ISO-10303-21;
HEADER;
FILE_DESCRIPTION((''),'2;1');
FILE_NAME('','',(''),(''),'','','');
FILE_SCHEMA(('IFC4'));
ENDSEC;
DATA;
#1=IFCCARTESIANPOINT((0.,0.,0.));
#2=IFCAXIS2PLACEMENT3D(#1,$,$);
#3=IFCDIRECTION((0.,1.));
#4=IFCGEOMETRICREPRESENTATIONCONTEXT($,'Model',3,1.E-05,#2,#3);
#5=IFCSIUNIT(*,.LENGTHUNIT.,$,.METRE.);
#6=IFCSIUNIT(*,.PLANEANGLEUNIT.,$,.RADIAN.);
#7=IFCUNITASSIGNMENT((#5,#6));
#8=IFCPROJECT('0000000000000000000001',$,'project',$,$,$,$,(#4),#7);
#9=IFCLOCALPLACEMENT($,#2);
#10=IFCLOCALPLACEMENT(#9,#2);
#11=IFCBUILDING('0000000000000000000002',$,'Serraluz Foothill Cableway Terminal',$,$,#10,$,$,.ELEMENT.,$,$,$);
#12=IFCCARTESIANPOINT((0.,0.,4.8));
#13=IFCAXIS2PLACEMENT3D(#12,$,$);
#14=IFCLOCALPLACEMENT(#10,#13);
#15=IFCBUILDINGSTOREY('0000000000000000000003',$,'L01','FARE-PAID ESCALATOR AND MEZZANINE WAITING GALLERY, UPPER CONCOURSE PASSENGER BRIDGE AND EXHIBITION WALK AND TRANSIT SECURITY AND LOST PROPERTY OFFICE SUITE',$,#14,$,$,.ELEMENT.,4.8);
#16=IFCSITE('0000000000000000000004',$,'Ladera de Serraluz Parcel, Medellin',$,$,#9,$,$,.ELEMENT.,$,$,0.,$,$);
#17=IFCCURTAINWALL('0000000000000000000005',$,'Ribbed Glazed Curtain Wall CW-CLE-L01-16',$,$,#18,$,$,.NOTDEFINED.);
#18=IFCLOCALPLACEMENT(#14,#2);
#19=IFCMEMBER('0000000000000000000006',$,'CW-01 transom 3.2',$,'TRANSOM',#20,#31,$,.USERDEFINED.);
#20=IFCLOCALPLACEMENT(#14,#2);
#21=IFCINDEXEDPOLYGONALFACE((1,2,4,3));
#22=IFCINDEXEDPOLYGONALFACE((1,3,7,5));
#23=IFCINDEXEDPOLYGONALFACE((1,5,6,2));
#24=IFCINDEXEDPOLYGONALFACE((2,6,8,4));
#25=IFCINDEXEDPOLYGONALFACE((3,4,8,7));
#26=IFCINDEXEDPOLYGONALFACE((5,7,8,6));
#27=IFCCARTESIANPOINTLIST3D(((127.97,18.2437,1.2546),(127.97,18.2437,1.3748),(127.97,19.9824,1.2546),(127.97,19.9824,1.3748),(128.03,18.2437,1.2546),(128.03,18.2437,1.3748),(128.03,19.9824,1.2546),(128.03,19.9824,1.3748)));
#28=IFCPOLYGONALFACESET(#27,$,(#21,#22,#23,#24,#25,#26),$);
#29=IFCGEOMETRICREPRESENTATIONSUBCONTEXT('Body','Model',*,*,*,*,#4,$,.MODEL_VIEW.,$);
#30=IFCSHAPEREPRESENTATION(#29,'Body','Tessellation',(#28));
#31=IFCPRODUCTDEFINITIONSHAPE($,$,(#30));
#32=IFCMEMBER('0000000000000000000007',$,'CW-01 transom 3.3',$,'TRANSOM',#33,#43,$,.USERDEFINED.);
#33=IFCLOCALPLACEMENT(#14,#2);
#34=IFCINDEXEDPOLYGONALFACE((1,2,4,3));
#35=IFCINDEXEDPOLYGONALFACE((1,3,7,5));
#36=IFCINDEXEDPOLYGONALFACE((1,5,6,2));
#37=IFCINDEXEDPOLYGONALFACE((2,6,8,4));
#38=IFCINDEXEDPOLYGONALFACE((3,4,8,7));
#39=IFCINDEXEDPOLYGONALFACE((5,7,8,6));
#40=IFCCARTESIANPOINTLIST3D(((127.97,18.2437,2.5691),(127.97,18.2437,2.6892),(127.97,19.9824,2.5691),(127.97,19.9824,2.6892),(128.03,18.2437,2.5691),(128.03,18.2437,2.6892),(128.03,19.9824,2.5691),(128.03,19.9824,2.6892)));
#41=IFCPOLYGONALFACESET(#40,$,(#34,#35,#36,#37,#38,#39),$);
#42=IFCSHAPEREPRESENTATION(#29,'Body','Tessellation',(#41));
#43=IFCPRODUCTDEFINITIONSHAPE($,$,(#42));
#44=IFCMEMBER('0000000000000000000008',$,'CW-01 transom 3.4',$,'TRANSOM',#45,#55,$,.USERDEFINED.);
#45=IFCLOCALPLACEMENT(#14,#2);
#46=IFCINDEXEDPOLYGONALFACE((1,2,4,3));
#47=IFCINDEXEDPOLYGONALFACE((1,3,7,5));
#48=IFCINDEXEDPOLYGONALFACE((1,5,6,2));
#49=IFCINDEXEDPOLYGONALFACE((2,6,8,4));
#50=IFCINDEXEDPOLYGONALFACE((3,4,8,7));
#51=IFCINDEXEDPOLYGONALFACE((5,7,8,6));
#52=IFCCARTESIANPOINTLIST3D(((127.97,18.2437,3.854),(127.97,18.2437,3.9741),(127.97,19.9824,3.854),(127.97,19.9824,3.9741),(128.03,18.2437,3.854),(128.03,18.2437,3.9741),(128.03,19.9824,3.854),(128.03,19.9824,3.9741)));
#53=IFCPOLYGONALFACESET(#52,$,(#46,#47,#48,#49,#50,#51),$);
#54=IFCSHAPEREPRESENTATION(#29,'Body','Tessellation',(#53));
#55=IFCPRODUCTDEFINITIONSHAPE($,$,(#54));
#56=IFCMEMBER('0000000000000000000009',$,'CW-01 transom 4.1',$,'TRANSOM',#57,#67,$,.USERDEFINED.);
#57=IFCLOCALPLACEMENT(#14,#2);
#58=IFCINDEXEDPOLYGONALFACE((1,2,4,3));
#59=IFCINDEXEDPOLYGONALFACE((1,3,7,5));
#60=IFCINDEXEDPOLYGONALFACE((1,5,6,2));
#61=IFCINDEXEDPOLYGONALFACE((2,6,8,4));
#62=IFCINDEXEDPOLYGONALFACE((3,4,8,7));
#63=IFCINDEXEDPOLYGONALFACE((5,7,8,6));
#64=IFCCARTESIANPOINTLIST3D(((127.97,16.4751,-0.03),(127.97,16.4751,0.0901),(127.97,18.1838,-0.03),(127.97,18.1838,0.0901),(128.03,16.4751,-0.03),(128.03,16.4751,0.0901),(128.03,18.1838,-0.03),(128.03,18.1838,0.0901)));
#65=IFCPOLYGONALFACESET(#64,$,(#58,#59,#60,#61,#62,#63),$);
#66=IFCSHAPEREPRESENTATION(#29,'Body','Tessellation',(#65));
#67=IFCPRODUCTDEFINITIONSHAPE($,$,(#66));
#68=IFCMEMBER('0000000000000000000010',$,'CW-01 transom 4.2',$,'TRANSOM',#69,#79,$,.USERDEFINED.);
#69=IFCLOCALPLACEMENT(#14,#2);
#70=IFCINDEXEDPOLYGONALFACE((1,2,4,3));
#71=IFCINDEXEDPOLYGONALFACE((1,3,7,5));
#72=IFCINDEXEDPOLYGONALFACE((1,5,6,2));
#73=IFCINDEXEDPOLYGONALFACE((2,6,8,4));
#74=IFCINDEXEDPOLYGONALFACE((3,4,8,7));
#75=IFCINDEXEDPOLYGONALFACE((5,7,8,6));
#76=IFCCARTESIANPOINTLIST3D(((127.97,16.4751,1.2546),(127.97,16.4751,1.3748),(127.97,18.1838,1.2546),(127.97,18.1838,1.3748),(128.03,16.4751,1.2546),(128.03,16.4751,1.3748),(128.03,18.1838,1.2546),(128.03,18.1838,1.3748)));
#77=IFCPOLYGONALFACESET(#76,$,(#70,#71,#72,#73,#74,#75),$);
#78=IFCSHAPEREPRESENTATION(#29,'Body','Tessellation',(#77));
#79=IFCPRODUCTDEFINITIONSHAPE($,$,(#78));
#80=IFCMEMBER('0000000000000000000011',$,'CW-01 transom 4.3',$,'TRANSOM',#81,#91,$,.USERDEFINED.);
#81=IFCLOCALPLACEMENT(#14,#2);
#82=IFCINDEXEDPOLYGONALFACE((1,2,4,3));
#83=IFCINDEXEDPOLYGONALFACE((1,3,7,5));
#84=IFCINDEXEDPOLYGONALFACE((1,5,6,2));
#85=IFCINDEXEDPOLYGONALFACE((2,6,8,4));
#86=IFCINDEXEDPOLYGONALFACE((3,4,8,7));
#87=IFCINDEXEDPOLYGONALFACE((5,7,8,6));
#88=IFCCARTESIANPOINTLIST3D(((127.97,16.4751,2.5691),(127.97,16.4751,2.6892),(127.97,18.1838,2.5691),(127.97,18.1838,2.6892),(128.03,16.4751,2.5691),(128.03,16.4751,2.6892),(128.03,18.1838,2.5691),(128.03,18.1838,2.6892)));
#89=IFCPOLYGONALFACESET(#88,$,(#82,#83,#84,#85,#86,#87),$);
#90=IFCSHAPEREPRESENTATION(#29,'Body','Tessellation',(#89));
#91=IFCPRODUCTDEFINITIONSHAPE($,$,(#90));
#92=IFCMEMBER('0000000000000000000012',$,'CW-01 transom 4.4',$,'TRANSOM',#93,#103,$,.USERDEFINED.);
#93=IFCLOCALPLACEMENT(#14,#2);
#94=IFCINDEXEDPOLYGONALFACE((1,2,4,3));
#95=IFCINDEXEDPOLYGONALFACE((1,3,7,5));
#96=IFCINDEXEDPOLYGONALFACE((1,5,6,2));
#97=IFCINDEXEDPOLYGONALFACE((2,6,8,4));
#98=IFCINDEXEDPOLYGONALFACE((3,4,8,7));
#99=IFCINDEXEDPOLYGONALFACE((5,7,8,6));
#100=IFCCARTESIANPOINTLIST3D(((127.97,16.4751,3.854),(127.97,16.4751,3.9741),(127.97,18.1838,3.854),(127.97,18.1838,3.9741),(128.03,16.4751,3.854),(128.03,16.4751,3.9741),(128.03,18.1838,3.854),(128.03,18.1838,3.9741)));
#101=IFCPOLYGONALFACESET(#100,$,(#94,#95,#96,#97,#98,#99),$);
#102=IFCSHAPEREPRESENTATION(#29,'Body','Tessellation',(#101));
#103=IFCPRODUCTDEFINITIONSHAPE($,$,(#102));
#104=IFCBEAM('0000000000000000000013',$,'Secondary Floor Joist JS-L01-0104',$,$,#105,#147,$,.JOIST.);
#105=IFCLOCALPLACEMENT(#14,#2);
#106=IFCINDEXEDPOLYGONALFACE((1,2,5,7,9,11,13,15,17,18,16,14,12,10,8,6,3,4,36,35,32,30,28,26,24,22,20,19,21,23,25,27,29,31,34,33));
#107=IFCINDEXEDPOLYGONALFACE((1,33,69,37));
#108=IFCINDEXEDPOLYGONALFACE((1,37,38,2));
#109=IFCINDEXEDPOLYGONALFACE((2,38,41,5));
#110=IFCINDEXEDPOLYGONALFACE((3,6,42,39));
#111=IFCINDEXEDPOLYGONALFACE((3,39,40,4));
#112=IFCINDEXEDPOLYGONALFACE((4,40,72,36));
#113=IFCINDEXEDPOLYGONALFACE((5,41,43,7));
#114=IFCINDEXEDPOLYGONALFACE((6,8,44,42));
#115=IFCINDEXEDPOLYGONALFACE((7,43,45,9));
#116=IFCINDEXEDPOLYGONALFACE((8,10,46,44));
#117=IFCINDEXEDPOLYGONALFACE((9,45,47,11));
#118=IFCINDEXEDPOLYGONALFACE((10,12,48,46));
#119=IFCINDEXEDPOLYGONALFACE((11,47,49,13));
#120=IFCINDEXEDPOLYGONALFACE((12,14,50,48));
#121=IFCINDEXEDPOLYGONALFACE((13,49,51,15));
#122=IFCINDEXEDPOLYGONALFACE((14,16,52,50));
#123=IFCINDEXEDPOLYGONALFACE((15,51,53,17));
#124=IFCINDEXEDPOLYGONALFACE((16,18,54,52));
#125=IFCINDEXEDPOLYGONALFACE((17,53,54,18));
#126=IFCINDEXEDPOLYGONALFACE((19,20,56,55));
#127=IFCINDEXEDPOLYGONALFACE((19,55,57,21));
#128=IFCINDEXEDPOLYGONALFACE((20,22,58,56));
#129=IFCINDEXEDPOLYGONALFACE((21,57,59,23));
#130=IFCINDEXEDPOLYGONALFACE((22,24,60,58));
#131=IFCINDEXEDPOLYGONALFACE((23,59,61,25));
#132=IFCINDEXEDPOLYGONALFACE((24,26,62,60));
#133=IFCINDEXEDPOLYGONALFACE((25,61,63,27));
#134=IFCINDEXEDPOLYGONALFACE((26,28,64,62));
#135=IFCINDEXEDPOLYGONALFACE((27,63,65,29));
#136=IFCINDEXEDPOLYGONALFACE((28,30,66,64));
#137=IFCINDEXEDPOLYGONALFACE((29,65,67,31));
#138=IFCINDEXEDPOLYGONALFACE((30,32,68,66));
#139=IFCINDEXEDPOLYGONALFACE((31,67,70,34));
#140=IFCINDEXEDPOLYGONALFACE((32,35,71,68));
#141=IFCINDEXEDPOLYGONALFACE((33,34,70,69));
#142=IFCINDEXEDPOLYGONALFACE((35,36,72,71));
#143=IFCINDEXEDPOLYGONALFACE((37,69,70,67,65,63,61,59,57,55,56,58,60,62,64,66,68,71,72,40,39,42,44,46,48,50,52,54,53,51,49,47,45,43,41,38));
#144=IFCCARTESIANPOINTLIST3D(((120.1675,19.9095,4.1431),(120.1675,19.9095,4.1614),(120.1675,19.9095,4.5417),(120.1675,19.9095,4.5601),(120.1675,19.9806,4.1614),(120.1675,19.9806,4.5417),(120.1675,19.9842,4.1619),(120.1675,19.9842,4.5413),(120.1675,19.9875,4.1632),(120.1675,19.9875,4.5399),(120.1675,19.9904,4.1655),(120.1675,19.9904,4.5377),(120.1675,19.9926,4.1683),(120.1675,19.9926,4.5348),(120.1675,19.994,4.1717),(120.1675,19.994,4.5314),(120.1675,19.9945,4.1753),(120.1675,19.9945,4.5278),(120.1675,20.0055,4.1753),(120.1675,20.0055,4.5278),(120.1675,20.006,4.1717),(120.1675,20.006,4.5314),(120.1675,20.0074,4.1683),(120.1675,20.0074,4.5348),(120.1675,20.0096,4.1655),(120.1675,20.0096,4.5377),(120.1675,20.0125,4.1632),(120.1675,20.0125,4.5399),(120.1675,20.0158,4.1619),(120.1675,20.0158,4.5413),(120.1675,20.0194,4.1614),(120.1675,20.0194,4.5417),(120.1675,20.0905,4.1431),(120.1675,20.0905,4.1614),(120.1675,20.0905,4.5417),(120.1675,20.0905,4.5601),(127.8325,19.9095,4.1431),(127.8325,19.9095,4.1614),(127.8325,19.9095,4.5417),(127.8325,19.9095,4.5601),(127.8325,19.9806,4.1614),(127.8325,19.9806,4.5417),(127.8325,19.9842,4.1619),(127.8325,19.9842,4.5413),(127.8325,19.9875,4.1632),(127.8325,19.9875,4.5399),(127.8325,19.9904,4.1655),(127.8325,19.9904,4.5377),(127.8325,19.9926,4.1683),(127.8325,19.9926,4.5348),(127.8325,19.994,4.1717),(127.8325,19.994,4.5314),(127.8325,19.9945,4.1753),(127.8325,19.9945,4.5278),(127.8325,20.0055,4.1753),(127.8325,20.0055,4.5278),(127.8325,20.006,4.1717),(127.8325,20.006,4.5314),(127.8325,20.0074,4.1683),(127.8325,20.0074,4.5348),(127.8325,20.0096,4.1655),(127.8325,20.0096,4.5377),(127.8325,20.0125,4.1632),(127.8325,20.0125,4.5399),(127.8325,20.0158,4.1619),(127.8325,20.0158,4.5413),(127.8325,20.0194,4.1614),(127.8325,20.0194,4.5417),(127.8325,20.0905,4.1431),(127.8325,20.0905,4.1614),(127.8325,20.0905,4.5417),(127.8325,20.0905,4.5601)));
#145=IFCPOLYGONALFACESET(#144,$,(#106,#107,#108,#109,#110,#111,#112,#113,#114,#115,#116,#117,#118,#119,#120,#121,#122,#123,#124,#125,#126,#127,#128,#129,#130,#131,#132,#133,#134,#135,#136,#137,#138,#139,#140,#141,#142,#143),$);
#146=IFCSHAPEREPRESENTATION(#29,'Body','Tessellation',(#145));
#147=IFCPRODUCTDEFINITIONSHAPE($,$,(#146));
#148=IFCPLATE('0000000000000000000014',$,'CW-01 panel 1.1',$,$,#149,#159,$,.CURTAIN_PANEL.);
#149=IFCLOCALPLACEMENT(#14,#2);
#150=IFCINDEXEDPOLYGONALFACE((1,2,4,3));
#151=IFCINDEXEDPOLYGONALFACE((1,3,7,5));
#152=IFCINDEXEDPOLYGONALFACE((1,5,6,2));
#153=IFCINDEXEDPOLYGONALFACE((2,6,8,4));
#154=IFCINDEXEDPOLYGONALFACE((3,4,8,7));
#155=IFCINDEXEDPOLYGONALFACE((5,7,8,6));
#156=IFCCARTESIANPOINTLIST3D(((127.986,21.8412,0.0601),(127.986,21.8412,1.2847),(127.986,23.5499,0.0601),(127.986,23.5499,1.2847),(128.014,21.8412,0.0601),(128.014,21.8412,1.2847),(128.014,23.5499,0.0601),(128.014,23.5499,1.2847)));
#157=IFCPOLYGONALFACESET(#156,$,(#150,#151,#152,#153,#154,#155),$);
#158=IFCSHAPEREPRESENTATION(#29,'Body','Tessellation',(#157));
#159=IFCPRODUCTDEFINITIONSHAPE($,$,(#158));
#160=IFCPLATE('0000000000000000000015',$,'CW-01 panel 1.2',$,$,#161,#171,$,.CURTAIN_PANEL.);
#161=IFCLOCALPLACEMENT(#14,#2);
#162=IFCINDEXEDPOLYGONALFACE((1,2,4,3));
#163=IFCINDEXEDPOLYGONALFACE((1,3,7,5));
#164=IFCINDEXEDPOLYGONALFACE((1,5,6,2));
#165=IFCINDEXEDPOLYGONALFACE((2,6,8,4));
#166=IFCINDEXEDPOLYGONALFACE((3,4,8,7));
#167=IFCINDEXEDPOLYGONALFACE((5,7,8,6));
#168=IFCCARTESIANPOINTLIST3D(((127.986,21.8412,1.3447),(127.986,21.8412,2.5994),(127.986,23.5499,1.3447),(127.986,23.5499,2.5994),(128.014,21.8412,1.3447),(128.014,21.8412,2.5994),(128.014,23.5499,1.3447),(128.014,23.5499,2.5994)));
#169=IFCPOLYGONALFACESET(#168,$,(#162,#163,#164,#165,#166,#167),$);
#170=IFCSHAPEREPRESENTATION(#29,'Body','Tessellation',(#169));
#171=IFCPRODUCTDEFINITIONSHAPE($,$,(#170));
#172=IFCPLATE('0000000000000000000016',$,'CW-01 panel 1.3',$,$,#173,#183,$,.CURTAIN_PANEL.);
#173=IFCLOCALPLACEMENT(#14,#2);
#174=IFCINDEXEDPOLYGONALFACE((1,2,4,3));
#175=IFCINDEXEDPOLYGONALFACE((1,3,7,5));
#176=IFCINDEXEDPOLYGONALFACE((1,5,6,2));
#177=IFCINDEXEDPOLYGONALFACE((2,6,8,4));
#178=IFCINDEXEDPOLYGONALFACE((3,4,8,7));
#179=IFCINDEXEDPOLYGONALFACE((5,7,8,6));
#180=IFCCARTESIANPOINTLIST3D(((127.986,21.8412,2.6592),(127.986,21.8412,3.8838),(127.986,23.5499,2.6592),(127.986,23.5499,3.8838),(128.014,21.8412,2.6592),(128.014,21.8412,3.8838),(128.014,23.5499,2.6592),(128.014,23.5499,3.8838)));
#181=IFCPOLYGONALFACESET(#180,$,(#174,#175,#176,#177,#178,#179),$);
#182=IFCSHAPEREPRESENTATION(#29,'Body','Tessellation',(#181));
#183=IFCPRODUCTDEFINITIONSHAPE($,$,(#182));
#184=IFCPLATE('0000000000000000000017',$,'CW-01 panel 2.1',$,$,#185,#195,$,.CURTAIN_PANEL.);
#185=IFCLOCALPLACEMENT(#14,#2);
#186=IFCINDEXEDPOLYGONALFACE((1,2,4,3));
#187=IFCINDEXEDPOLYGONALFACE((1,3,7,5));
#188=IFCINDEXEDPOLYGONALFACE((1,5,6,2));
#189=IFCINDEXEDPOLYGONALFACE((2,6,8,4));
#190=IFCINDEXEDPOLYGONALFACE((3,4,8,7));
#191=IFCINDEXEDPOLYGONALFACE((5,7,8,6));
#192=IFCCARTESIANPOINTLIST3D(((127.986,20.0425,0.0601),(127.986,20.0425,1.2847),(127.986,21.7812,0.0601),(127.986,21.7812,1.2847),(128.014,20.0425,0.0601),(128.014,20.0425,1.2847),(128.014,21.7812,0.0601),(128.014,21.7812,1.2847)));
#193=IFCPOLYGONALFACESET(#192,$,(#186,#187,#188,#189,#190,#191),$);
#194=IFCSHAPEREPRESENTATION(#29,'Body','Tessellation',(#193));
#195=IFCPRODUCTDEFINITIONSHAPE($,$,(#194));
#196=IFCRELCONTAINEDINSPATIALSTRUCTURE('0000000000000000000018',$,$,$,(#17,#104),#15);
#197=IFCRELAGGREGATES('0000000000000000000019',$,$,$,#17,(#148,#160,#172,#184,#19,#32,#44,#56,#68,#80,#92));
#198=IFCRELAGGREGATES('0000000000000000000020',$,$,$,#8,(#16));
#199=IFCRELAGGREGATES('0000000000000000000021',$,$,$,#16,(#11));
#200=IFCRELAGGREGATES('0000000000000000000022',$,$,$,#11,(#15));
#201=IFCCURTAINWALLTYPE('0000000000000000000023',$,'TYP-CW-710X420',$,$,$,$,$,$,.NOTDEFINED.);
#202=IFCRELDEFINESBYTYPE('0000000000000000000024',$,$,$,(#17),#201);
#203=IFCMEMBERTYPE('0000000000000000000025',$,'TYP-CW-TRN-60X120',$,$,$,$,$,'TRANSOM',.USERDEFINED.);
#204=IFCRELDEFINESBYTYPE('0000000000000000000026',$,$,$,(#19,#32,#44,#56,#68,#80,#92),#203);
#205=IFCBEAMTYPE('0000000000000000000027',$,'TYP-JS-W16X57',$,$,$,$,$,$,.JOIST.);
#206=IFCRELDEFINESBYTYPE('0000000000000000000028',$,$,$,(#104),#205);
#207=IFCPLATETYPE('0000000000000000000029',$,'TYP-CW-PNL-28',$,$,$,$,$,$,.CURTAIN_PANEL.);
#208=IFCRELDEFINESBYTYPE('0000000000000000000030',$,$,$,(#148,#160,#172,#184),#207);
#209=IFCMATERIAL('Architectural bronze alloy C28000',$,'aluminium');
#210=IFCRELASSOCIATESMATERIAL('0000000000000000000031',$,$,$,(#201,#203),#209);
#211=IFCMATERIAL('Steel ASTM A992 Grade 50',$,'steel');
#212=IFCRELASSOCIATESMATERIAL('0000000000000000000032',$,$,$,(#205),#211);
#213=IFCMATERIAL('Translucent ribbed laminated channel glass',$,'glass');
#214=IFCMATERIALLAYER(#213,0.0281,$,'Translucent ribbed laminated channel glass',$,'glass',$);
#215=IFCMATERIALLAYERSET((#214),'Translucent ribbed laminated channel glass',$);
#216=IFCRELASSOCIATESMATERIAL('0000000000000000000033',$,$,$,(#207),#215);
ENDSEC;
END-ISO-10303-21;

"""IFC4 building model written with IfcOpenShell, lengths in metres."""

from ifc_helpers import new_model, si_unit, direction, frame, origin, origin_2d, place, context, subcontext, project, spatial, rectangle, i_section, extrude, material, layer, layer_set, material_profile, profile_set, type_object, element, aggregate, save


model = new_model("IFC4")

# Units and contexts
model_context = context("Model", 3, precision=1e-05, world=origin(), true_north=direction((0.0, 1.0)))
body_context = subcontext(model_context, "Body", "Model", "MODEL_VIEW")
ifc_project = project(units=[si_unit("LENGTHUNIT", "METRE"), si_unit("PLANEANGLEUNIT", "RADIAN")], contexts=[model_context])

# Site, building, storey
site_placement = place(None, origin())
site = spatial("IfcSite", under=ifc_project, at=site_placement, Name="Ladera de Serraluz Parcel, Medellin", CompositionType="ELEMENT", RefElevation=0.0)
building_placement = place(site_placement, origin())
building = spatial("IfcBuilding", under=site, at=building_placement, Name="Serraluz Foothill Cableway Terminal", CompositionType="ELEMENT")
storey_placement = place(building_placement, frame((0.0, 0.0, 4.8)))
storey = spatial("IfcBuildingStorey", under=building, at=storey_placement, Name="L01", Description="FARE-PAID ESCALATOR AND MEZZANINE WAITING GALLERY, UPPER CONCOURSE PASSENGER BRIDGE AND EXHIBITION WALK AND TRANSIT SECURITY AND LOST PROPERTY OFFICE SUITE", CompositionType="ELEMENT", Elevation=4.8)

# Shared definitions
ifc_material_1 = material(Name="Steel ASTM A992 Grade 50", Category="steel")

# Curtain wall, members
ifc_material_2 = material(Name="Architectural bronze alloy C28000", Category="aluminium")
curtain_wall_type = type_object("IfcCurtainWallType", Name="TYP-CW-710X420", PredefinedType="NOTDEFINED", material=ifc_material_2)
curtain_wall_placement = place(storey_placement, origin())
curtain_wall = element("IfcCurtainWall", 1, at=curtain_wall_placement, inside=storey, type_object=curtain_wall_type, Name="Ribbed Glazed Curtain Wall CW-CLE-L01-16", PredefinedType="NOTDEFINED")
ifc_material_profile_1 = material_profile(ifc_material_2, rectangle(XDim=0.0601, YDim=0.1201, at=origin_2d()), Name="ALU TRANSOM 60x120")
ifc_profile_set_1 = profile_set([ifc_material_profile_1], Name="Architectural bronze alloy C28000")
member_type_1 = type_object("IfcMemberType", Name="TYP-CW-TRN-60X120", ElementType="TRANSOM", PredefinedType="USERDEFINED", material=ifc_profile_set_1)
member_1_placement = place(storey_placement, frame((128.0, 19.9824, 1.3147), z_axis=(0.0, -1.0, 0.0), x_axis=(1.0, 0.0, 0.0)))
member_1 = element("IfcMember", 2, at=member_1_placement, type_object=member_type_1, Name="CW-01 transom 3.2", ObjectType="TRANSOM", PredefinedType="USERDEFINED", context=body_context, shape_type="SweptSolid", body=[
    extrude(rectangle(XDim=0.0601, YDim=0.1201, at=origin_2d()), origin(), (0.0, 0.0, 1.0), 1.7388),
])
member_2_placement = place(storey_placement, frame((128.0, 19.9824, 2.6292), z_axis=(0.0, -1.0, 0.0), x_axis=(1.0, 0.0, 0.0)))
member_2 = element("IfcMember", 3, at=member_2_placement, type_object=member_type_1, Name="CW-01 transom 3.3", ObjectType="TRANSOM", PredefinedType="USERDEFINED", context=body_context, shape_type="SweptSolid", body=[
    extrude(rectangle(XDim=0.0601, YDim=0.1201, at=origin_2d()), origin(), (0.0, 0.0, 1.0), 1.7388),
])
member_3_placement = place(storey_placement, frame((128.0, 19.9824, 3.9141), z_axis=(0.0, -1.0, 0.0), x_axis=(1.0, 0.0, 0.0)))
member_3 = element("IfcMember", 4, at=member_3_placement, type_object=member_type_1, Name="CW-01 transom 3.4", ObjectType="TRANSOM", PredefinedType="USERDEFINED", context=body_context, shape_type="SweptSolid", body=[
    extrude(rectangle(XDim=0.0601, YDim=0.1201, at=origin_2d()), origin(), (0.0, 0.0, 1.0), 1.7388),
])
member_4_placement = place(storey_placement, frame((128.0, 18.1838, 0.03), z_axis=(0.0, -1.0, 0.0), x_axis=(1.0, 0.0, 0.0)))
member_4 = element("IfcMember", 5, at=member_4_placement, type_object=member_type_1, Name="CW-01 transom 4.1", ObjectType="TRANSOM", PredefinedType="USERDEFINED", context=body_context, shape_type="SweptSolid", body=[
    extrude(rectangle(XDim=0.0601, YDim=0.1201, at=origin_2d()), origin(), (0.0, 0.0, 1.0), 1.7087),
])
member_5_placement = place(storey_placement, frame((128.0, 18.1838, 1.3147), z_axis=(0.0, -1.0, 0.0), x_axis=(1.0, 0.0, 0.0)))
member_5 = element("IfcMember", 6, at=member_5_placement, type_object=member_type_1, Name="CW-01 transom 4.2", ObjectType="TRANSOM", PredefinedType="USERDEFINED", context=body_context, shape_type="SweptSolid", body=[
    extrude(rectangle(XDim=0.0601, YDim=0.1201, at=origin_2d()), origin(), (0.0, 0.0, 1.0), 1.7087),
])
member_6_placement = place(storey_placement, frame((128.0, 18.1838, 2.6292), z_axis=(0.0, -1.0, 0.0), x_axis=(1.0, 0.0, 0.0)))
member_6 = element("IfcMember", 7, at=member_6_placement, type_object=member_type_1, Name="CW-01 transom 4.3", ObjectType="TRANSOM", PredefinedType="USERDEFINED", context=body_context, shape_type="SweptSolid", body=[
    extrude(rectangle(XDim=0.0601, YDim=0.1201, at=origin_2d()), origin(), (0.0, 0.0, 1.0), 1.7087),
])
member_7_placement = place(storey_placement, frame((128.0, 18.1838, 3.9141), z_axis=(0.0, -1.0, 0.0), x_axis=(1.0, 0.0, 0.0)))
member_7 = element("IfcMember", 8, at=member_7_placement, type_object=member_type_1, Name="CW-01 transom 4.4", ObjectType="TRANSOM", PredefinedType="USERDEFINED", context=body_context, shape_type="SweptSolid", body=[
    extrude(rectangle(XDim=0.0601, YDim=0.1201, at=origin_2d()), origin(), (0.0, 0.0, 1.0), 1.7087),
])

# Beam
ifc_material_profile_2 = material_profile(ifc_material_1, i_section(OverallWidth=0.1809, OverallDepth=0.417, WebThickness=0.011, FlangeThickness=0.0183, FilletRadius=0.0139, at=origin_2d()), Name="W16X57")
ifc_profile_set_2 = profile_set([ifc_material_profile_2], Name="Steel ASTM A992 Grade 50")
beam_type_1 = type_object("IfcBeamType", Name="TYP-JS-W16X57", PredefinedType="JOIST", material=ifc_profile_set_2)
beam_1_placement = place(storey_placement, frame((120.1675, 20.0, 4.3516), z_axis=(1.0, 0.0, 0.0), x_axis=(0.0, 1.0, 0.0)))
element("IfcBeam", 9, at=beam_1_placement, inside=storey, type_object=beam_type_1, Name="Secondary Floor Joist JS-L01-0104", PredefinedType="JOIST", context=body_context, shape_type="SweptSolid", body=[
    extrude(i_section(OverallWidth=0.1809, OverallDepth=0.417, WebThickness=0.011, FlangeThickness=0.0183, FilletRadius=0.0139, at=origin_2d()), origin(), (0.0, 0.0, 1.0), 7.665),
])

# Plates
ifc_material_3 = material(Name="Translucent ribbed laminated channel glass", Category="glass")
ifc_layer_1 = layer(ifc_material_3, 0.0281, Name="Translucent ribbed laminated channel glass", Category="glass")
ifc_layer_set_1 = layer_set([ifc_layer_1], Name="Translucent ribbed laminated channel glass")
plate_type = type_object("IfcPlateType", Name="TYP-CW-PNL-28", PredefinedType="CURTAIN_PANEL", material=ifc_layer_set_1)
plate_1_placement = place(storey_placement, frame((128.0, 22.6956, 0.0601), z_axis=(0.0, 0.0, 1.0), x_axis=(0.0, -1.0, 0.0)))
plate_1 = element("IfcPlate", 10, at=plate_1_placement, type_object=plate_type, Name="CW-01 panel 1.1", PredefinedType="CURTAIN_PANEL", context=body_context, shape_type="SweptSolid", body=[
    extrude(rectangle(XDim=1.7087, YDim=0.0281, at=origin_2d()), origin(), (0.0, 0.0, 1.0), 1.2246),
])
plate_2_placement = place(storey_placement, frame((128.0, 22.6956, 1.3447), z_axis=(0.0, 0.0, 1.0), x_axis=(0.0, -1.0, 0.0)))
plate_2 = element("IfcPlate", 11, at=plate_2_placement, type_object=plate_type, Name="CW-01 panel 1.2", PredefinedType="CURTAIN_PANEL", context=body_context, shape_type="SweptSolid", body=[
    extrude(rectangle(XDim=1.7087, YDim=0.0281, at=origin_2d()), origin(), (0.0, 0.0, 1.0), 1.2546),
])
plate_3_placement = place(storey_placement, frame((128.0, 22.6956, 2.6592), z_axis=(0.0, 0.0, 1.0), x_axis=(0.0, -1.0, 0.0)))
plate_3 = element("IfcPlate", 12, at=plate_3_placement, type_object=plate_type, Name="CW-01 panel 1.3", PredefinedType="CURTAIN_PANEL", context=body_context, shape_type="SweptSolid", body=[
    extrude(rectangle(XDim=1.7087, YDim=0.0281, at=origin_2d()), origin(), (0.0, 0.0, 1.0), 1.2246),
])
plate_4_placement = place(storey_placement, frame((128.0, 20.9119, 0.0601), z_axis=(0.0, 0.0, 1.0), x_axis=(0.0, -1.0, 0.0)))
plate_4 = element("IfcPlate", 13, at=plate_4_placement, type_object=plate_type, Name="CW-01 panel 2.1", PredefinedType="CURTAIN_PANEL", context=body_context, shape_type="SweptSolid", body=[
    extrude(rectangle(XDim=1.7388, YDim=0.0281, at=origin_2d()), origin(), (0.0, 0.0, 1.0), 1.2246),
])
aggregate(curtain_wall, [plate_1, plate_2, plate_3, plate_4, member_1, member_2, member_3, member_4, member_5, member_6, member_7])

save(model, "model.ifc")
